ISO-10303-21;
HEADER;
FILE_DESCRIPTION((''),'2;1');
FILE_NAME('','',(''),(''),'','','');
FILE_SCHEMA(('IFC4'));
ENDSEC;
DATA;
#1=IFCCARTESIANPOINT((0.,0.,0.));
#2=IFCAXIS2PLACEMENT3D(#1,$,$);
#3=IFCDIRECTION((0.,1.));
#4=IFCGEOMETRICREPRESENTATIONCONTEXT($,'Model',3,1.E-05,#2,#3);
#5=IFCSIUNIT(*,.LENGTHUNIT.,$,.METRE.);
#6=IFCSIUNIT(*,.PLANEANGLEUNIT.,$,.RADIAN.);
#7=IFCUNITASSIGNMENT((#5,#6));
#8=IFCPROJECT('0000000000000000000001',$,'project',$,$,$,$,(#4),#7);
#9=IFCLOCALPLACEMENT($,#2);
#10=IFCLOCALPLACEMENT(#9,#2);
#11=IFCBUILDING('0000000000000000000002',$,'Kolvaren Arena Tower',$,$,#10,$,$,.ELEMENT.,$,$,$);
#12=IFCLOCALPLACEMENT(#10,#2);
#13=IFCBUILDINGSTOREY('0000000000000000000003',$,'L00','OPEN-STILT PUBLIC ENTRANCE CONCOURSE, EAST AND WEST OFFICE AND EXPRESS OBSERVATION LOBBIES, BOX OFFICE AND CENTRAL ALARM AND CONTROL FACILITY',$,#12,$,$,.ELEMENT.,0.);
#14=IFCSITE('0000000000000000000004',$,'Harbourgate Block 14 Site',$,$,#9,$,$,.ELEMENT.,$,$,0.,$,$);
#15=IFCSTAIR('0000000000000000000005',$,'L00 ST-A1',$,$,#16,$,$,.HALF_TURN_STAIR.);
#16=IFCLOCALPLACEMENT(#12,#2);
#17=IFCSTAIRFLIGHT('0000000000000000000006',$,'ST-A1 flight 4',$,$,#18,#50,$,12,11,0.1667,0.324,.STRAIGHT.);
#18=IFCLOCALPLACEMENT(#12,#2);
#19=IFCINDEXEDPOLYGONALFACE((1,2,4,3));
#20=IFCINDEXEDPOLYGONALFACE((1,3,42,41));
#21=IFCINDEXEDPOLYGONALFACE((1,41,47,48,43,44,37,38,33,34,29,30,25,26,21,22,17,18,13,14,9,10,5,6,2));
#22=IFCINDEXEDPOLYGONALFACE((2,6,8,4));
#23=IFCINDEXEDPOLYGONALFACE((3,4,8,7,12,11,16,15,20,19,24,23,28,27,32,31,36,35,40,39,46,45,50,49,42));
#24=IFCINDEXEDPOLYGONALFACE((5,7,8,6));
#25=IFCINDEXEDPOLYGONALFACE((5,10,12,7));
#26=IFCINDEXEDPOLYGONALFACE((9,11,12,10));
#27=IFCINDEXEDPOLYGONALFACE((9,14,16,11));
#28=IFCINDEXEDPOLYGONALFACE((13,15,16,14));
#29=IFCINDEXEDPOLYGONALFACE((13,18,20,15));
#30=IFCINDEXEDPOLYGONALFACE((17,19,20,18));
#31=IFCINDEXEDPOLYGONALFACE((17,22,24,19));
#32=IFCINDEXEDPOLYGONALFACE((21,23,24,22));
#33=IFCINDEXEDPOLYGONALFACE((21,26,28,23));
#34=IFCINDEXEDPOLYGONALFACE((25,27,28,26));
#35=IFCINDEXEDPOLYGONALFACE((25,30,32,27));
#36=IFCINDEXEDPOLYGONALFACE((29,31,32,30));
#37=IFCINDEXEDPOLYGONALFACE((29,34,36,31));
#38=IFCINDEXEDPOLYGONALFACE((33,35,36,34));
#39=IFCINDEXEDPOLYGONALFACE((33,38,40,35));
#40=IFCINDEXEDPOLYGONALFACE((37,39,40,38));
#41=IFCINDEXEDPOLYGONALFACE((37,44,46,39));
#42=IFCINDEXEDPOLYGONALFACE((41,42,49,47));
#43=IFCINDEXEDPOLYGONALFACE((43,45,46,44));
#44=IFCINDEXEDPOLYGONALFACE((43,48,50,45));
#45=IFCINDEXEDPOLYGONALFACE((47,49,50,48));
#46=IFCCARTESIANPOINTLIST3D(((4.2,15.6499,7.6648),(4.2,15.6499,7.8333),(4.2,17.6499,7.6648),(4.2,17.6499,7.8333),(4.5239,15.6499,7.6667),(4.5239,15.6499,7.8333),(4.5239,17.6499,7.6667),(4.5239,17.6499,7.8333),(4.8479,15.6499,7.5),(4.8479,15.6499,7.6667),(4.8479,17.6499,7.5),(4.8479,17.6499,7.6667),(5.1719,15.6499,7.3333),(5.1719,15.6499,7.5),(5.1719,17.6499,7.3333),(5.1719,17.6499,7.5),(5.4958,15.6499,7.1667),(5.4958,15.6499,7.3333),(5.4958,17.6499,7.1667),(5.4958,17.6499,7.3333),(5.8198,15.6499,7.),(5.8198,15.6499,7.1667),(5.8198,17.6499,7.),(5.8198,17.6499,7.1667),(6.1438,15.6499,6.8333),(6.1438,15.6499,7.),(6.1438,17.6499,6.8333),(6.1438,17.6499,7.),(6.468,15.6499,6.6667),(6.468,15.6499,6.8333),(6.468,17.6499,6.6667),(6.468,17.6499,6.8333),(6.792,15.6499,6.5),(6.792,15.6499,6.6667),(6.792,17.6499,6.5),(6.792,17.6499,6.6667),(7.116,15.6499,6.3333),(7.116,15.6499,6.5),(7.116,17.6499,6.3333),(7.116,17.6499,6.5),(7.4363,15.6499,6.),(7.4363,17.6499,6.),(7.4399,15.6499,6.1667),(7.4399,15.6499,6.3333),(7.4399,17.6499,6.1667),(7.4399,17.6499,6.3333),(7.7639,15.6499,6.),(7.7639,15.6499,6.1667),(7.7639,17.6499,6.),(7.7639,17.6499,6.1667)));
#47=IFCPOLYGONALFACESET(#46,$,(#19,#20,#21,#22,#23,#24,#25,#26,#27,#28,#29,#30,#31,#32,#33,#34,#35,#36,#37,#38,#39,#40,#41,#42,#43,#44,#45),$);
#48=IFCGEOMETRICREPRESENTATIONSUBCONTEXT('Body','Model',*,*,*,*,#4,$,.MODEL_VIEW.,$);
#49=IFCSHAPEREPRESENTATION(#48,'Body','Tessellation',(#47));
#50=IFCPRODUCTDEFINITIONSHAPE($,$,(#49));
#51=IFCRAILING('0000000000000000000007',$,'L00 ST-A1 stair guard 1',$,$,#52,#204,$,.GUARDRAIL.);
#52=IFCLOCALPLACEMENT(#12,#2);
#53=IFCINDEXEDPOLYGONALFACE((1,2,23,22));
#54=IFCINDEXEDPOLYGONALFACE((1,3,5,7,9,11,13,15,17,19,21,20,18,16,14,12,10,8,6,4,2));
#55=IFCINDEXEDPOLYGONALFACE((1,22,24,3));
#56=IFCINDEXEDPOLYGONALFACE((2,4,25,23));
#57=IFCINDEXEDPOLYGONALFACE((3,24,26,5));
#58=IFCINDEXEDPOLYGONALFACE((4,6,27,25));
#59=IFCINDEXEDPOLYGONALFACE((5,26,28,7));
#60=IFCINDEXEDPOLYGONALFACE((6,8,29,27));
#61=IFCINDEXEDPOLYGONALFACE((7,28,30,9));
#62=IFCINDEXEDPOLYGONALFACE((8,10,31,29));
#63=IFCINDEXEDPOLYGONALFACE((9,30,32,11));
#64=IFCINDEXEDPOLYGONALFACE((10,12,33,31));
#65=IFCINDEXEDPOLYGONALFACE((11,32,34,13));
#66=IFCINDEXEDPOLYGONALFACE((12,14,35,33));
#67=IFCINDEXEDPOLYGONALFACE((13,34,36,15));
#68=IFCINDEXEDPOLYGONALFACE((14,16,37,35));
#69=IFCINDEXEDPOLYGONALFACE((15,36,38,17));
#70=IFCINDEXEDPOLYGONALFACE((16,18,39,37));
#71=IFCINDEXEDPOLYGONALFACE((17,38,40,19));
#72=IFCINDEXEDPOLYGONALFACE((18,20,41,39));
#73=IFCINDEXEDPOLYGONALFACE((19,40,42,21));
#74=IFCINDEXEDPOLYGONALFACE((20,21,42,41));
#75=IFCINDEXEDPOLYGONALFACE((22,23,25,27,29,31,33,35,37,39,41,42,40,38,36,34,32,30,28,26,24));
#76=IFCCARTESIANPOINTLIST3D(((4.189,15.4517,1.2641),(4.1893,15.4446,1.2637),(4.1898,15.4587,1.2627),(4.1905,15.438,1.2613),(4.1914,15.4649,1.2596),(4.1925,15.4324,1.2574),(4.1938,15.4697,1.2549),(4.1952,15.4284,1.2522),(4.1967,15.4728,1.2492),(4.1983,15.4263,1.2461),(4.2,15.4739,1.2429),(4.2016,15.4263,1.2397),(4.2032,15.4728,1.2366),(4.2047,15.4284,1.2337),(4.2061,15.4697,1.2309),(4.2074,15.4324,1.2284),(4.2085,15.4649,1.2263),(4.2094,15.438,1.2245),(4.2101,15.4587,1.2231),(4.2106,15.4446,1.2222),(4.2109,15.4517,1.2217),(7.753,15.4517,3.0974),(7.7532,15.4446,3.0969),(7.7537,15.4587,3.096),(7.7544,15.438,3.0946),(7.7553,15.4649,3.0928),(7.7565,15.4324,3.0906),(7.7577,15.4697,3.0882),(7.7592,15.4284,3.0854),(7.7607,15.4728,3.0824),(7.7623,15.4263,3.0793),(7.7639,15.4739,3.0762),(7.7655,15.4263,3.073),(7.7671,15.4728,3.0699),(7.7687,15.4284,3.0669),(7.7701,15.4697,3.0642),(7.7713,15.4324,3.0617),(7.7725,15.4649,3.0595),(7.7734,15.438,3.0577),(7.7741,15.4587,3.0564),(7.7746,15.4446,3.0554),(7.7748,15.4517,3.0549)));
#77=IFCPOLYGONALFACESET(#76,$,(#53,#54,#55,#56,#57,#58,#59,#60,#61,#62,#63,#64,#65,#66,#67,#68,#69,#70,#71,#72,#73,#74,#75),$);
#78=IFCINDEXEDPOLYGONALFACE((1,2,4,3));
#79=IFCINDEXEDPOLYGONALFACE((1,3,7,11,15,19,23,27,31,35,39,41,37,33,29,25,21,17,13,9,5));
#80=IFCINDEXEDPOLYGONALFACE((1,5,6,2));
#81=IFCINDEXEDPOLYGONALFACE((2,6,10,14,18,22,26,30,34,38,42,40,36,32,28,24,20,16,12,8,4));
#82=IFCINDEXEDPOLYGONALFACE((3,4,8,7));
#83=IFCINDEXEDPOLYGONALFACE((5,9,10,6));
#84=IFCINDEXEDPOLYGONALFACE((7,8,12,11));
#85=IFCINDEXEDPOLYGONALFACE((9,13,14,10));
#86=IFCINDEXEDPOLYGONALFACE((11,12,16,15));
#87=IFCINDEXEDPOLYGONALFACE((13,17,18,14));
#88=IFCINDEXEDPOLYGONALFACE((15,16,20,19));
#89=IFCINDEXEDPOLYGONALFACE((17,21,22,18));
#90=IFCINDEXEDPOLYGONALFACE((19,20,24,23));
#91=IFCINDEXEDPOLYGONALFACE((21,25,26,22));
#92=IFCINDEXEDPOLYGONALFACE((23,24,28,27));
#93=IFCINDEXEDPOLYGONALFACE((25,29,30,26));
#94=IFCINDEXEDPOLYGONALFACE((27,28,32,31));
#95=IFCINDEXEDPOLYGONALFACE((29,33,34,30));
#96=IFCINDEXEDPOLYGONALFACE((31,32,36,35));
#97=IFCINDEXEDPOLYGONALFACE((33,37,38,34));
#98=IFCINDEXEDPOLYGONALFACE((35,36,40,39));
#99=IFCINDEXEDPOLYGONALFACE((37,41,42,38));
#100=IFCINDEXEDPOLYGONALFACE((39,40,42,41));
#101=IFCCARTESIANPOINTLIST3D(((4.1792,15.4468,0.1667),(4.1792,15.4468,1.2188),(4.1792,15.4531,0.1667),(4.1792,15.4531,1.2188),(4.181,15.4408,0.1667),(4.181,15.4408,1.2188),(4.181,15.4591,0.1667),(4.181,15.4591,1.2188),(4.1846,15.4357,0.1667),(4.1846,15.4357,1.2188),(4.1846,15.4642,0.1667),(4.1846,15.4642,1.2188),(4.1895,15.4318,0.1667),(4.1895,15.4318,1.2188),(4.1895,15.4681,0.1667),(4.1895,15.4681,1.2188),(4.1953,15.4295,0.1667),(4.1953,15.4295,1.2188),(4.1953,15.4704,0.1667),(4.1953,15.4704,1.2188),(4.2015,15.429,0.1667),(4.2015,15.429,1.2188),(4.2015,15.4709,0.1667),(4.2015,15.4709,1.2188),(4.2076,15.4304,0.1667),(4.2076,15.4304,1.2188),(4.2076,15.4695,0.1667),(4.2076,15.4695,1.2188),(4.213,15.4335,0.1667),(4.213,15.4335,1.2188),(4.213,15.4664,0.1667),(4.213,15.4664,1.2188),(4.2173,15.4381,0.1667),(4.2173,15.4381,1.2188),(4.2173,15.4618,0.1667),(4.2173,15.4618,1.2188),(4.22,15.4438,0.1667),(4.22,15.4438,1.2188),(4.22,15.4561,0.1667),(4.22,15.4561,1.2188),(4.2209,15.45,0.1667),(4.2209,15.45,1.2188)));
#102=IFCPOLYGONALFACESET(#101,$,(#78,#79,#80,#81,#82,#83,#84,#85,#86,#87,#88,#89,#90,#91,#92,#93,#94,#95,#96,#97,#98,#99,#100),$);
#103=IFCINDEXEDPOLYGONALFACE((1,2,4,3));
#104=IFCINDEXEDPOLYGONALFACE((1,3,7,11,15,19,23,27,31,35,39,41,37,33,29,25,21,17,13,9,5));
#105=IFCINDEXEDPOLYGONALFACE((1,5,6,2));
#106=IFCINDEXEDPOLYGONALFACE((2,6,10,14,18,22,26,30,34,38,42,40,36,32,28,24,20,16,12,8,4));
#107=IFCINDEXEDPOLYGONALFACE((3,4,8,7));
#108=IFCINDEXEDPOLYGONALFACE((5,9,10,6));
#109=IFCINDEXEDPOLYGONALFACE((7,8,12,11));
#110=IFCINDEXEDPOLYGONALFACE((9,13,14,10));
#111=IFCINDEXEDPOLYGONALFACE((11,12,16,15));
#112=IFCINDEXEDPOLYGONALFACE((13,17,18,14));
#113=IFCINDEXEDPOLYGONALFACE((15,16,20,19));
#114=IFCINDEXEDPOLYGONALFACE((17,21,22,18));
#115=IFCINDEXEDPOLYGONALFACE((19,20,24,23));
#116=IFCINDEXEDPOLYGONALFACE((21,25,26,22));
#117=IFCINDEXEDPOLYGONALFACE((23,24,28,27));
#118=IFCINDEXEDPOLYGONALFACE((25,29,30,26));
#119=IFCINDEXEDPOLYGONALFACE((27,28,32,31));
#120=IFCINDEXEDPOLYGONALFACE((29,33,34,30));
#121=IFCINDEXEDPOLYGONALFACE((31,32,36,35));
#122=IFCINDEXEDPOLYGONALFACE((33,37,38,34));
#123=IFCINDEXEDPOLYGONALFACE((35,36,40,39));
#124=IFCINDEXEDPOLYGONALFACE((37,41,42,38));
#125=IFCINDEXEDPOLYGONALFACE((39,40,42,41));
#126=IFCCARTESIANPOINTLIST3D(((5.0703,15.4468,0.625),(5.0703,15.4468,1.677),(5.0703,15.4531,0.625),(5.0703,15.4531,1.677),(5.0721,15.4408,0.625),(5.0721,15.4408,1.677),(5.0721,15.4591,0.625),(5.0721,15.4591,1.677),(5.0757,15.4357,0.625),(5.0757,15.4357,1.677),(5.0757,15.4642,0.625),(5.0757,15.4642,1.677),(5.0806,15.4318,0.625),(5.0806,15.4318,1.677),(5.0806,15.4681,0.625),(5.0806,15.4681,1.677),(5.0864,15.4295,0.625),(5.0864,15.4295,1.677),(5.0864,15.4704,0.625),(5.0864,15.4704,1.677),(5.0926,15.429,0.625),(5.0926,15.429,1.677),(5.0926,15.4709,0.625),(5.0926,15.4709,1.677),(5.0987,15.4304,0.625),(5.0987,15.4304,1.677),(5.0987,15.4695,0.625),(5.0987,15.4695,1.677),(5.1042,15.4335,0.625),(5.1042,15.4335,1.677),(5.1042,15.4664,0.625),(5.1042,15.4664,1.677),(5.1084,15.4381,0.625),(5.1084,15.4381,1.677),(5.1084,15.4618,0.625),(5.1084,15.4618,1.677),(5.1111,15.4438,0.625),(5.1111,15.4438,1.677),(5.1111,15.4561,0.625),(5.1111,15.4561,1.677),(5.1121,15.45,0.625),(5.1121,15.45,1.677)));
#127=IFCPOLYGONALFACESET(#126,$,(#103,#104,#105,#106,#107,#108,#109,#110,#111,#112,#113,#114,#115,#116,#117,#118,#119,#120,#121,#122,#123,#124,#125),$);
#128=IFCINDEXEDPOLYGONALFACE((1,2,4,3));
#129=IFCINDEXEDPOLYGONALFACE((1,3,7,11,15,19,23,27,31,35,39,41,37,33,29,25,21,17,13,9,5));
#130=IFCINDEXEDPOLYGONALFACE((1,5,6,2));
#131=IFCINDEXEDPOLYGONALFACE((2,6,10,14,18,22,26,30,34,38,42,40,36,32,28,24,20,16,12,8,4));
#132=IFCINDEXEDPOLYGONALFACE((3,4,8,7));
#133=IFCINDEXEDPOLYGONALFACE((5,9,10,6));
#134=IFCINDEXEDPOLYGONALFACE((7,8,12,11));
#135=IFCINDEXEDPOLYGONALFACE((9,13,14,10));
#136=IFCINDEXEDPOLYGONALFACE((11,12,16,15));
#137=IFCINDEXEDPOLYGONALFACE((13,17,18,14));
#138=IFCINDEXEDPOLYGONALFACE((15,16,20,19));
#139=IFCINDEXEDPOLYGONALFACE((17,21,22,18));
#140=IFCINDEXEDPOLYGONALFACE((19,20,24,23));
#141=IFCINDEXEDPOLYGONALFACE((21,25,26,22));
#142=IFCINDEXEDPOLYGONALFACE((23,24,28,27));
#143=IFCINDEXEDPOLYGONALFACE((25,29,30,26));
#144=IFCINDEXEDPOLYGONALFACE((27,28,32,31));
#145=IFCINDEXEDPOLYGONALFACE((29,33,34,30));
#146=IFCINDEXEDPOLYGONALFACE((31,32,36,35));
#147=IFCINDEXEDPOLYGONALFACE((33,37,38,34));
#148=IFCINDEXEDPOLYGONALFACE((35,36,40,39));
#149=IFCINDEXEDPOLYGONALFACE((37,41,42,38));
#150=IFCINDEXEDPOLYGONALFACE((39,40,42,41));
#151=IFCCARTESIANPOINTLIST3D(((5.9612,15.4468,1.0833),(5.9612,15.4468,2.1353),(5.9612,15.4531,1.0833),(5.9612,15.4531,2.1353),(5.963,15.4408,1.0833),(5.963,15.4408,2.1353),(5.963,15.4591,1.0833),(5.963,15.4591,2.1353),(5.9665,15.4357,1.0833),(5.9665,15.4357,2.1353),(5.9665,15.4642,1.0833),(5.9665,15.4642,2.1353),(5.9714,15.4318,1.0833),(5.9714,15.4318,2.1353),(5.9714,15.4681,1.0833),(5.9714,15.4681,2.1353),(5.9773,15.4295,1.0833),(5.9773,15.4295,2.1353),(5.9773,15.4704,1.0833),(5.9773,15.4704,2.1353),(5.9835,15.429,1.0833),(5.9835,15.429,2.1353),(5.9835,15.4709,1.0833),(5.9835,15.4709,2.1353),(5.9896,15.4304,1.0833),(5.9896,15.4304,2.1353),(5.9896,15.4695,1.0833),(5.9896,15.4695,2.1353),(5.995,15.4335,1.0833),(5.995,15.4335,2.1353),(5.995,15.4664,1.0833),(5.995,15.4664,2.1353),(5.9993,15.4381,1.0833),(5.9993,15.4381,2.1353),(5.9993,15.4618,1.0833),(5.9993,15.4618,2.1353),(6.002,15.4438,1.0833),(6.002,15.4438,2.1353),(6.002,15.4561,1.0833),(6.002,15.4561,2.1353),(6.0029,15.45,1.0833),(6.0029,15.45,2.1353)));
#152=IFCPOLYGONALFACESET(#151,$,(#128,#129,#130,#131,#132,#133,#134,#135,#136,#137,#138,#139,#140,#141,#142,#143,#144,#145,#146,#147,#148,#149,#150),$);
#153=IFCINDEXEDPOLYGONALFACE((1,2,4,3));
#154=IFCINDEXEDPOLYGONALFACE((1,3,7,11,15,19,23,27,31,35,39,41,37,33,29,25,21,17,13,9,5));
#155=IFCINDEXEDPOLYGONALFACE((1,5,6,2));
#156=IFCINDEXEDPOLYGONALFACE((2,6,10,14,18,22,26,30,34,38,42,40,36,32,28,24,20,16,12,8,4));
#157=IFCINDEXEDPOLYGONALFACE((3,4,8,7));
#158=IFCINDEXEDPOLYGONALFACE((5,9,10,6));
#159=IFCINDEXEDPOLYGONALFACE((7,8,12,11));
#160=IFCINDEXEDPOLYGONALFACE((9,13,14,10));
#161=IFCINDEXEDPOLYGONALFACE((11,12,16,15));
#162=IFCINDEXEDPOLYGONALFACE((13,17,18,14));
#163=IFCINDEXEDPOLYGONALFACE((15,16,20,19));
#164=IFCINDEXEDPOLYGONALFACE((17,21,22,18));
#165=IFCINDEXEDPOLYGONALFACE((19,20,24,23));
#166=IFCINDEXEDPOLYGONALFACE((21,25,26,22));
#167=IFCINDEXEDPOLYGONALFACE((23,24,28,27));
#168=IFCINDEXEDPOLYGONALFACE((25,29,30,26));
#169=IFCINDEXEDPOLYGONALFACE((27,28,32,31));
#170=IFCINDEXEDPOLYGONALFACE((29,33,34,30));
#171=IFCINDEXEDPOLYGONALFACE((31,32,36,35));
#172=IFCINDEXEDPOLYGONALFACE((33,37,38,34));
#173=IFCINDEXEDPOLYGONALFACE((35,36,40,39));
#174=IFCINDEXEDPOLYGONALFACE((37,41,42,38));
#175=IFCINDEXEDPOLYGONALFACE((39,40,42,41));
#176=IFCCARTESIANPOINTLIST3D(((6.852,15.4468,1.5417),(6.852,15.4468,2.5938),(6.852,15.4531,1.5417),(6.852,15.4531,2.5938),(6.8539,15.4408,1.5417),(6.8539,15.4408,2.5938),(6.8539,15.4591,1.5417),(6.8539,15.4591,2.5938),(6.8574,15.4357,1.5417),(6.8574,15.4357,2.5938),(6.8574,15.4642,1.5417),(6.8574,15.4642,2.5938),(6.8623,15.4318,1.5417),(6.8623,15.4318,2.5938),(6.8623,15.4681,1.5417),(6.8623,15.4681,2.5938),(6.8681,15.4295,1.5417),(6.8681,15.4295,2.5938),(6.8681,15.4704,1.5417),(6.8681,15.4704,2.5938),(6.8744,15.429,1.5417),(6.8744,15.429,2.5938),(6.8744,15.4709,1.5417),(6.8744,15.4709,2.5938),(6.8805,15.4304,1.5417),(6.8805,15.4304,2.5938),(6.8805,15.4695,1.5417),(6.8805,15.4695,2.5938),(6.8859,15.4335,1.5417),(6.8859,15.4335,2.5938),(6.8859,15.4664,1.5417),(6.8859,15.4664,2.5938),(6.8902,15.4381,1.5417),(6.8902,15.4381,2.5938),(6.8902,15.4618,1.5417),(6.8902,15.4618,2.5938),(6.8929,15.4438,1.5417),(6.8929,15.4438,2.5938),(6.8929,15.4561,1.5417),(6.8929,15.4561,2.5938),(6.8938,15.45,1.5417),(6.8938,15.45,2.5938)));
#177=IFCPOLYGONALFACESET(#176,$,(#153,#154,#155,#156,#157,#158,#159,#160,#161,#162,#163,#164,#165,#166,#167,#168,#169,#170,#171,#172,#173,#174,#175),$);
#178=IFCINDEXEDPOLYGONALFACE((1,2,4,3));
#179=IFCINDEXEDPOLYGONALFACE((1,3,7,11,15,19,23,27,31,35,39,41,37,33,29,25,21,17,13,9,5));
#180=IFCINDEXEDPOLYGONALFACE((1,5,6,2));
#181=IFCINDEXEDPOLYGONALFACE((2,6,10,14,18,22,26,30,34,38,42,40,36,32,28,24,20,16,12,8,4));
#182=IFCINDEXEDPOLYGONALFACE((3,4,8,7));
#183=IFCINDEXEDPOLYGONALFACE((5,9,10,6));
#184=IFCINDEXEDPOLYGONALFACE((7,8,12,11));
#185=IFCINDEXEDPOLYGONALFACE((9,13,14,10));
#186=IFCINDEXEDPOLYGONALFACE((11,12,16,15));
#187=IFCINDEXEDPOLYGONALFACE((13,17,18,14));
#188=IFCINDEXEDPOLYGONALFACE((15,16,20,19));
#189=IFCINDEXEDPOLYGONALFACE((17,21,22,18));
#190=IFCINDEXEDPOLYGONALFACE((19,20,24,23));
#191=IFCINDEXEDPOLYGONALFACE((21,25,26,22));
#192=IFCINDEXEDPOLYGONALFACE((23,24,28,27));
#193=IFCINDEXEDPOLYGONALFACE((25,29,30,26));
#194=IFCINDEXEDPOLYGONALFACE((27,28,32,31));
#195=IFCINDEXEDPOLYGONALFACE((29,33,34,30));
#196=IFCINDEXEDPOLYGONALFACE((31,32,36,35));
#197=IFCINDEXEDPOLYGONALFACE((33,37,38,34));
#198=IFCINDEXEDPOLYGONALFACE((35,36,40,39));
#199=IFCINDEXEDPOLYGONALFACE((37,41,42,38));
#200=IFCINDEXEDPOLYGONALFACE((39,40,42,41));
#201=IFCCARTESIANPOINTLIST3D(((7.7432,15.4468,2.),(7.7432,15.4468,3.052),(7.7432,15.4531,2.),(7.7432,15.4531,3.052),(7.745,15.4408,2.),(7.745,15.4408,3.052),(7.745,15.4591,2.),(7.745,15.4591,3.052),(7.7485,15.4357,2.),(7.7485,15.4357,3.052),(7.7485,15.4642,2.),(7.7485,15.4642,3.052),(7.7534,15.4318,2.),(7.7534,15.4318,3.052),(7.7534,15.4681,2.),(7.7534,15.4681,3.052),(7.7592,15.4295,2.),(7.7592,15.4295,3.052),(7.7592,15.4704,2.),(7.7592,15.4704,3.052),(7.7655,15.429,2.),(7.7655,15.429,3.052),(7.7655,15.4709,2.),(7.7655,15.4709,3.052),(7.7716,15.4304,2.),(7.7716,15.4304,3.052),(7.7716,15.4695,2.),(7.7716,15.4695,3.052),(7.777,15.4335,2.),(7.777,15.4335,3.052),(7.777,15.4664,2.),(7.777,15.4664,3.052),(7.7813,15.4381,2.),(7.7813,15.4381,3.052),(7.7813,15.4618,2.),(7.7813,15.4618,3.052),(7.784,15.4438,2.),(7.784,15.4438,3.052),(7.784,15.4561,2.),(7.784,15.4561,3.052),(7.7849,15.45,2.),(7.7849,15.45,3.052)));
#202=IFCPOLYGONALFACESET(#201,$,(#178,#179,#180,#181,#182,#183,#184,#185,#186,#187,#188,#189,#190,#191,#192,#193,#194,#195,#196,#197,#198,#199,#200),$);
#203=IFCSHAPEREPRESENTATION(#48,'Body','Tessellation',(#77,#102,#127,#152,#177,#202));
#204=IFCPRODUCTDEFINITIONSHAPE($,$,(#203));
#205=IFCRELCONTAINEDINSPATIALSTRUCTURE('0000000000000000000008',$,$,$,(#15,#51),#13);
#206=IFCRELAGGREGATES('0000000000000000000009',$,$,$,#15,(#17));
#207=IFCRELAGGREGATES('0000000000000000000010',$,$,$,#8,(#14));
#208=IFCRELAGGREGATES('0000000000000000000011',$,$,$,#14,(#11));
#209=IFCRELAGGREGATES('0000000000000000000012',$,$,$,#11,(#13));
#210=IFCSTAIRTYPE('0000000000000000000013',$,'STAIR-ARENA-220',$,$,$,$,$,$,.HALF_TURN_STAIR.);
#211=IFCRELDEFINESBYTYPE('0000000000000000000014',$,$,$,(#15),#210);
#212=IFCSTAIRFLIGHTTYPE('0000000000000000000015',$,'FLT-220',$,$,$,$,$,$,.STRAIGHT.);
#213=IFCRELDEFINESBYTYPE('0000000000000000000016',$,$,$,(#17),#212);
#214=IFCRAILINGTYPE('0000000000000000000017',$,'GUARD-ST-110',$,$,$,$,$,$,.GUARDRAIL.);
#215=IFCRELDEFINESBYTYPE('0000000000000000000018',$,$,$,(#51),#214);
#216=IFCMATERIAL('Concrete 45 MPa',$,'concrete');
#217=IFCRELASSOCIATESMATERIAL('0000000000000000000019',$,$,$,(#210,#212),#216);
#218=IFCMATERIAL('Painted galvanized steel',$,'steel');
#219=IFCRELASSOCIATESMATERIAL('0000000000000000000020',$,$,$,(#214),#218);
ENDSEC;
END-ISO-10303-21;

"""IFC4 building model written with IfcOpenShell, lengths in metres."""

from ifc_helpers import new_model, si_unit, direction, frame, origin, origin_2d, place, context, subcontext, project, spatial, polyline, circle, outline, extrude, material, type_object, element, aggregate, save


model = new_model("IFC4")

# Units and contexts
model_context = context("Model", 3, precision=1e-05, world=origin(), true_north=direction((0.0, 1.0)))
body_context = subcontext(model_context, "Body", "Model", "MODEL_VIEW")
ifc_project = project(units=[si_unit("LENGTHUNIT", "METRE"), si_unit("PLANEANGLEUNIT", "RADIAN")], contexts=[model_context])

# Site, building, storey
site_placement = place(None, origin())
site = spatial("IfcSite", under=ifc_project, at=site_placement, Name="Harbourgate Block 14 Site", CompositionType="ELEMENT", RefElevation=0.0)
building_placement = place(site_placement, origin())
building = spatial("IfcBuilding", under=site, at=building_placement, Name="Kolvaren Arena Tower", CompositionType="ELEMENT")
storey_placement = place(building_placement, origin())
storey = spatial("IfcBuildingStorey", under=building, at=storey_placement, Name="L00", Description="OPEN-STILT PUBLIC ENTRANCE CONCOURSE, EAST AND WEST OFFICE AND EXPRESS OBSERVATION LOBBIES, BOX OFFICE AND CENTRAL ALARM AND CONTROL FACILITY", CompositionType="ELEMENT", Elevation=0.0)

# Shared definitions
ifc_material_1 = material(Name="Concrete 45 MPa", Category="concrete")

# Stair, stair flight
stair_type = type_object("IfcStairType", Name="STAIR-ARENA-220", PredefinedType="HALF_TURN_STAIR", material=ifc_material_1)
stair_placement = place(storey_placement, origin())
stair = element("IfcStair", 1, at=stair_placement, inside=storey, type_object=stair_type, Name="L00 ST-A1", PredefinedType="HALF_TURN_STAIR")
stair_flight_type = type_object("IfcStairFlightType", Name="FLT-220", PredefinedType="STRAIGHT", material=ifc_material_1)
stair_flight_1_placement = place(storey_placement, frame((7.7639, 16.6499, 6.0), z_axis=(0.0, 0.0, 1.0), x_axis=(-1.0, 0.0, 0.0)))
stair_flight_1 = element("IfcStairFlight", 2, at=stair_flight_1_placement, type_object=stair_flight_type, Name="ST-A1 flight 4", NumberOfRisers=12, NumberOfTreads=11, PredefinedType="STRAIGHT", RiserHeight=0.1667, TreadLength=0.324, context=body_context, shape_type="SweptSolid", body=[
    extrude(outline(polyline([(0.0, 0.0), (0.0, 0.1667), (0.324, 0.1667), (0.324, 0.3333), (0.6479, 0.3333), (0.6479, 0.5), (0.9719, 0.5), (0.9719, 0.6667), (1.2959, 0.6667), (1.2959, 0.8333), (1.6201, 0.8333), (1.6201, 1.0), (1.9441, 1.0), (1.9441, 1.1667), (2.2681, 1.1667), (2.2681, 1.3333), (2.592, 1.3333), (2.592, 1.5), (2.916, 1.5), (2.916, 1.6667), (3.24, 1.6667), (3.24, 1.8333), (3.564, 1.8333), (3.564, 2.0), (3.564, 1.6648), (0.3276, 0.0), (0.0, 0.0)])), frame((0.0, 1.0, 0.0), z_axis=(0.0, -1.0, 0.0), x_axis=(1.0, 0.0, 0.0)), (0.0, 0.0, 1.0), 2.0),
])
aggregate(stair, [stair_flight_1])

# Railing
ifc_material_2 = material(Name="Painted galvanized steel", Category="steel")
railing_type_1 = type_object("IfcRailingType", Name="GUARD-ST-110", PredefinedType="GUARDRAIL", material=ifc_material_2)
railing_1_placement = place(storey_placement, frame((4.2, 15.45, 0.1667)))
element("IfcRailing", 3, at=railing_1_placement, inside=storey, type_object=railing_type_1, Name="L00 ST-A1 stair guard 1", PredefinedType="GUARDRAIL", context=body_context, shape_type="SweptSolid", body=[
    extrude(circle(Radius=0.0239, at=origin_2d()), frame((0.0, 0.0, 1.0762), z_axis=(0.889252, 0.0, 0.457418), x_axis=(0.0, 1.0, 0.0)), (0.0, 0.0, 1.0), 4.0078),
    extrude(circle(Radius=0.021, at=origin_2d()), origin(), (0.0, 0.0, 1.0), 1.052),
    extrude(circle(Radius=0.021, at=origin_2d()), frame((0.8911, 0.0, 0.4583)), (0.0, 0.0, 1.0), 1.052),
    extrude(circle(Radius=0.021, at=origin_2d()), frame((1.782, 0.0, 0.9165)), (0.0, 0.0, 1.0), 1.052),
    extrude(circle(Radius=0.021, at=origin_2d()), frame((2.6729, 0.0, 1.375)), (0.0, 0.0, 1.0), 1.052),
    extrude(circle(Radius=0.021, at=origin_2d()), frame((3.564, 0.0, 1.8333)), (0.0, 0.0, 1.0), 1.052),
])

save(model, "model.ifc")
